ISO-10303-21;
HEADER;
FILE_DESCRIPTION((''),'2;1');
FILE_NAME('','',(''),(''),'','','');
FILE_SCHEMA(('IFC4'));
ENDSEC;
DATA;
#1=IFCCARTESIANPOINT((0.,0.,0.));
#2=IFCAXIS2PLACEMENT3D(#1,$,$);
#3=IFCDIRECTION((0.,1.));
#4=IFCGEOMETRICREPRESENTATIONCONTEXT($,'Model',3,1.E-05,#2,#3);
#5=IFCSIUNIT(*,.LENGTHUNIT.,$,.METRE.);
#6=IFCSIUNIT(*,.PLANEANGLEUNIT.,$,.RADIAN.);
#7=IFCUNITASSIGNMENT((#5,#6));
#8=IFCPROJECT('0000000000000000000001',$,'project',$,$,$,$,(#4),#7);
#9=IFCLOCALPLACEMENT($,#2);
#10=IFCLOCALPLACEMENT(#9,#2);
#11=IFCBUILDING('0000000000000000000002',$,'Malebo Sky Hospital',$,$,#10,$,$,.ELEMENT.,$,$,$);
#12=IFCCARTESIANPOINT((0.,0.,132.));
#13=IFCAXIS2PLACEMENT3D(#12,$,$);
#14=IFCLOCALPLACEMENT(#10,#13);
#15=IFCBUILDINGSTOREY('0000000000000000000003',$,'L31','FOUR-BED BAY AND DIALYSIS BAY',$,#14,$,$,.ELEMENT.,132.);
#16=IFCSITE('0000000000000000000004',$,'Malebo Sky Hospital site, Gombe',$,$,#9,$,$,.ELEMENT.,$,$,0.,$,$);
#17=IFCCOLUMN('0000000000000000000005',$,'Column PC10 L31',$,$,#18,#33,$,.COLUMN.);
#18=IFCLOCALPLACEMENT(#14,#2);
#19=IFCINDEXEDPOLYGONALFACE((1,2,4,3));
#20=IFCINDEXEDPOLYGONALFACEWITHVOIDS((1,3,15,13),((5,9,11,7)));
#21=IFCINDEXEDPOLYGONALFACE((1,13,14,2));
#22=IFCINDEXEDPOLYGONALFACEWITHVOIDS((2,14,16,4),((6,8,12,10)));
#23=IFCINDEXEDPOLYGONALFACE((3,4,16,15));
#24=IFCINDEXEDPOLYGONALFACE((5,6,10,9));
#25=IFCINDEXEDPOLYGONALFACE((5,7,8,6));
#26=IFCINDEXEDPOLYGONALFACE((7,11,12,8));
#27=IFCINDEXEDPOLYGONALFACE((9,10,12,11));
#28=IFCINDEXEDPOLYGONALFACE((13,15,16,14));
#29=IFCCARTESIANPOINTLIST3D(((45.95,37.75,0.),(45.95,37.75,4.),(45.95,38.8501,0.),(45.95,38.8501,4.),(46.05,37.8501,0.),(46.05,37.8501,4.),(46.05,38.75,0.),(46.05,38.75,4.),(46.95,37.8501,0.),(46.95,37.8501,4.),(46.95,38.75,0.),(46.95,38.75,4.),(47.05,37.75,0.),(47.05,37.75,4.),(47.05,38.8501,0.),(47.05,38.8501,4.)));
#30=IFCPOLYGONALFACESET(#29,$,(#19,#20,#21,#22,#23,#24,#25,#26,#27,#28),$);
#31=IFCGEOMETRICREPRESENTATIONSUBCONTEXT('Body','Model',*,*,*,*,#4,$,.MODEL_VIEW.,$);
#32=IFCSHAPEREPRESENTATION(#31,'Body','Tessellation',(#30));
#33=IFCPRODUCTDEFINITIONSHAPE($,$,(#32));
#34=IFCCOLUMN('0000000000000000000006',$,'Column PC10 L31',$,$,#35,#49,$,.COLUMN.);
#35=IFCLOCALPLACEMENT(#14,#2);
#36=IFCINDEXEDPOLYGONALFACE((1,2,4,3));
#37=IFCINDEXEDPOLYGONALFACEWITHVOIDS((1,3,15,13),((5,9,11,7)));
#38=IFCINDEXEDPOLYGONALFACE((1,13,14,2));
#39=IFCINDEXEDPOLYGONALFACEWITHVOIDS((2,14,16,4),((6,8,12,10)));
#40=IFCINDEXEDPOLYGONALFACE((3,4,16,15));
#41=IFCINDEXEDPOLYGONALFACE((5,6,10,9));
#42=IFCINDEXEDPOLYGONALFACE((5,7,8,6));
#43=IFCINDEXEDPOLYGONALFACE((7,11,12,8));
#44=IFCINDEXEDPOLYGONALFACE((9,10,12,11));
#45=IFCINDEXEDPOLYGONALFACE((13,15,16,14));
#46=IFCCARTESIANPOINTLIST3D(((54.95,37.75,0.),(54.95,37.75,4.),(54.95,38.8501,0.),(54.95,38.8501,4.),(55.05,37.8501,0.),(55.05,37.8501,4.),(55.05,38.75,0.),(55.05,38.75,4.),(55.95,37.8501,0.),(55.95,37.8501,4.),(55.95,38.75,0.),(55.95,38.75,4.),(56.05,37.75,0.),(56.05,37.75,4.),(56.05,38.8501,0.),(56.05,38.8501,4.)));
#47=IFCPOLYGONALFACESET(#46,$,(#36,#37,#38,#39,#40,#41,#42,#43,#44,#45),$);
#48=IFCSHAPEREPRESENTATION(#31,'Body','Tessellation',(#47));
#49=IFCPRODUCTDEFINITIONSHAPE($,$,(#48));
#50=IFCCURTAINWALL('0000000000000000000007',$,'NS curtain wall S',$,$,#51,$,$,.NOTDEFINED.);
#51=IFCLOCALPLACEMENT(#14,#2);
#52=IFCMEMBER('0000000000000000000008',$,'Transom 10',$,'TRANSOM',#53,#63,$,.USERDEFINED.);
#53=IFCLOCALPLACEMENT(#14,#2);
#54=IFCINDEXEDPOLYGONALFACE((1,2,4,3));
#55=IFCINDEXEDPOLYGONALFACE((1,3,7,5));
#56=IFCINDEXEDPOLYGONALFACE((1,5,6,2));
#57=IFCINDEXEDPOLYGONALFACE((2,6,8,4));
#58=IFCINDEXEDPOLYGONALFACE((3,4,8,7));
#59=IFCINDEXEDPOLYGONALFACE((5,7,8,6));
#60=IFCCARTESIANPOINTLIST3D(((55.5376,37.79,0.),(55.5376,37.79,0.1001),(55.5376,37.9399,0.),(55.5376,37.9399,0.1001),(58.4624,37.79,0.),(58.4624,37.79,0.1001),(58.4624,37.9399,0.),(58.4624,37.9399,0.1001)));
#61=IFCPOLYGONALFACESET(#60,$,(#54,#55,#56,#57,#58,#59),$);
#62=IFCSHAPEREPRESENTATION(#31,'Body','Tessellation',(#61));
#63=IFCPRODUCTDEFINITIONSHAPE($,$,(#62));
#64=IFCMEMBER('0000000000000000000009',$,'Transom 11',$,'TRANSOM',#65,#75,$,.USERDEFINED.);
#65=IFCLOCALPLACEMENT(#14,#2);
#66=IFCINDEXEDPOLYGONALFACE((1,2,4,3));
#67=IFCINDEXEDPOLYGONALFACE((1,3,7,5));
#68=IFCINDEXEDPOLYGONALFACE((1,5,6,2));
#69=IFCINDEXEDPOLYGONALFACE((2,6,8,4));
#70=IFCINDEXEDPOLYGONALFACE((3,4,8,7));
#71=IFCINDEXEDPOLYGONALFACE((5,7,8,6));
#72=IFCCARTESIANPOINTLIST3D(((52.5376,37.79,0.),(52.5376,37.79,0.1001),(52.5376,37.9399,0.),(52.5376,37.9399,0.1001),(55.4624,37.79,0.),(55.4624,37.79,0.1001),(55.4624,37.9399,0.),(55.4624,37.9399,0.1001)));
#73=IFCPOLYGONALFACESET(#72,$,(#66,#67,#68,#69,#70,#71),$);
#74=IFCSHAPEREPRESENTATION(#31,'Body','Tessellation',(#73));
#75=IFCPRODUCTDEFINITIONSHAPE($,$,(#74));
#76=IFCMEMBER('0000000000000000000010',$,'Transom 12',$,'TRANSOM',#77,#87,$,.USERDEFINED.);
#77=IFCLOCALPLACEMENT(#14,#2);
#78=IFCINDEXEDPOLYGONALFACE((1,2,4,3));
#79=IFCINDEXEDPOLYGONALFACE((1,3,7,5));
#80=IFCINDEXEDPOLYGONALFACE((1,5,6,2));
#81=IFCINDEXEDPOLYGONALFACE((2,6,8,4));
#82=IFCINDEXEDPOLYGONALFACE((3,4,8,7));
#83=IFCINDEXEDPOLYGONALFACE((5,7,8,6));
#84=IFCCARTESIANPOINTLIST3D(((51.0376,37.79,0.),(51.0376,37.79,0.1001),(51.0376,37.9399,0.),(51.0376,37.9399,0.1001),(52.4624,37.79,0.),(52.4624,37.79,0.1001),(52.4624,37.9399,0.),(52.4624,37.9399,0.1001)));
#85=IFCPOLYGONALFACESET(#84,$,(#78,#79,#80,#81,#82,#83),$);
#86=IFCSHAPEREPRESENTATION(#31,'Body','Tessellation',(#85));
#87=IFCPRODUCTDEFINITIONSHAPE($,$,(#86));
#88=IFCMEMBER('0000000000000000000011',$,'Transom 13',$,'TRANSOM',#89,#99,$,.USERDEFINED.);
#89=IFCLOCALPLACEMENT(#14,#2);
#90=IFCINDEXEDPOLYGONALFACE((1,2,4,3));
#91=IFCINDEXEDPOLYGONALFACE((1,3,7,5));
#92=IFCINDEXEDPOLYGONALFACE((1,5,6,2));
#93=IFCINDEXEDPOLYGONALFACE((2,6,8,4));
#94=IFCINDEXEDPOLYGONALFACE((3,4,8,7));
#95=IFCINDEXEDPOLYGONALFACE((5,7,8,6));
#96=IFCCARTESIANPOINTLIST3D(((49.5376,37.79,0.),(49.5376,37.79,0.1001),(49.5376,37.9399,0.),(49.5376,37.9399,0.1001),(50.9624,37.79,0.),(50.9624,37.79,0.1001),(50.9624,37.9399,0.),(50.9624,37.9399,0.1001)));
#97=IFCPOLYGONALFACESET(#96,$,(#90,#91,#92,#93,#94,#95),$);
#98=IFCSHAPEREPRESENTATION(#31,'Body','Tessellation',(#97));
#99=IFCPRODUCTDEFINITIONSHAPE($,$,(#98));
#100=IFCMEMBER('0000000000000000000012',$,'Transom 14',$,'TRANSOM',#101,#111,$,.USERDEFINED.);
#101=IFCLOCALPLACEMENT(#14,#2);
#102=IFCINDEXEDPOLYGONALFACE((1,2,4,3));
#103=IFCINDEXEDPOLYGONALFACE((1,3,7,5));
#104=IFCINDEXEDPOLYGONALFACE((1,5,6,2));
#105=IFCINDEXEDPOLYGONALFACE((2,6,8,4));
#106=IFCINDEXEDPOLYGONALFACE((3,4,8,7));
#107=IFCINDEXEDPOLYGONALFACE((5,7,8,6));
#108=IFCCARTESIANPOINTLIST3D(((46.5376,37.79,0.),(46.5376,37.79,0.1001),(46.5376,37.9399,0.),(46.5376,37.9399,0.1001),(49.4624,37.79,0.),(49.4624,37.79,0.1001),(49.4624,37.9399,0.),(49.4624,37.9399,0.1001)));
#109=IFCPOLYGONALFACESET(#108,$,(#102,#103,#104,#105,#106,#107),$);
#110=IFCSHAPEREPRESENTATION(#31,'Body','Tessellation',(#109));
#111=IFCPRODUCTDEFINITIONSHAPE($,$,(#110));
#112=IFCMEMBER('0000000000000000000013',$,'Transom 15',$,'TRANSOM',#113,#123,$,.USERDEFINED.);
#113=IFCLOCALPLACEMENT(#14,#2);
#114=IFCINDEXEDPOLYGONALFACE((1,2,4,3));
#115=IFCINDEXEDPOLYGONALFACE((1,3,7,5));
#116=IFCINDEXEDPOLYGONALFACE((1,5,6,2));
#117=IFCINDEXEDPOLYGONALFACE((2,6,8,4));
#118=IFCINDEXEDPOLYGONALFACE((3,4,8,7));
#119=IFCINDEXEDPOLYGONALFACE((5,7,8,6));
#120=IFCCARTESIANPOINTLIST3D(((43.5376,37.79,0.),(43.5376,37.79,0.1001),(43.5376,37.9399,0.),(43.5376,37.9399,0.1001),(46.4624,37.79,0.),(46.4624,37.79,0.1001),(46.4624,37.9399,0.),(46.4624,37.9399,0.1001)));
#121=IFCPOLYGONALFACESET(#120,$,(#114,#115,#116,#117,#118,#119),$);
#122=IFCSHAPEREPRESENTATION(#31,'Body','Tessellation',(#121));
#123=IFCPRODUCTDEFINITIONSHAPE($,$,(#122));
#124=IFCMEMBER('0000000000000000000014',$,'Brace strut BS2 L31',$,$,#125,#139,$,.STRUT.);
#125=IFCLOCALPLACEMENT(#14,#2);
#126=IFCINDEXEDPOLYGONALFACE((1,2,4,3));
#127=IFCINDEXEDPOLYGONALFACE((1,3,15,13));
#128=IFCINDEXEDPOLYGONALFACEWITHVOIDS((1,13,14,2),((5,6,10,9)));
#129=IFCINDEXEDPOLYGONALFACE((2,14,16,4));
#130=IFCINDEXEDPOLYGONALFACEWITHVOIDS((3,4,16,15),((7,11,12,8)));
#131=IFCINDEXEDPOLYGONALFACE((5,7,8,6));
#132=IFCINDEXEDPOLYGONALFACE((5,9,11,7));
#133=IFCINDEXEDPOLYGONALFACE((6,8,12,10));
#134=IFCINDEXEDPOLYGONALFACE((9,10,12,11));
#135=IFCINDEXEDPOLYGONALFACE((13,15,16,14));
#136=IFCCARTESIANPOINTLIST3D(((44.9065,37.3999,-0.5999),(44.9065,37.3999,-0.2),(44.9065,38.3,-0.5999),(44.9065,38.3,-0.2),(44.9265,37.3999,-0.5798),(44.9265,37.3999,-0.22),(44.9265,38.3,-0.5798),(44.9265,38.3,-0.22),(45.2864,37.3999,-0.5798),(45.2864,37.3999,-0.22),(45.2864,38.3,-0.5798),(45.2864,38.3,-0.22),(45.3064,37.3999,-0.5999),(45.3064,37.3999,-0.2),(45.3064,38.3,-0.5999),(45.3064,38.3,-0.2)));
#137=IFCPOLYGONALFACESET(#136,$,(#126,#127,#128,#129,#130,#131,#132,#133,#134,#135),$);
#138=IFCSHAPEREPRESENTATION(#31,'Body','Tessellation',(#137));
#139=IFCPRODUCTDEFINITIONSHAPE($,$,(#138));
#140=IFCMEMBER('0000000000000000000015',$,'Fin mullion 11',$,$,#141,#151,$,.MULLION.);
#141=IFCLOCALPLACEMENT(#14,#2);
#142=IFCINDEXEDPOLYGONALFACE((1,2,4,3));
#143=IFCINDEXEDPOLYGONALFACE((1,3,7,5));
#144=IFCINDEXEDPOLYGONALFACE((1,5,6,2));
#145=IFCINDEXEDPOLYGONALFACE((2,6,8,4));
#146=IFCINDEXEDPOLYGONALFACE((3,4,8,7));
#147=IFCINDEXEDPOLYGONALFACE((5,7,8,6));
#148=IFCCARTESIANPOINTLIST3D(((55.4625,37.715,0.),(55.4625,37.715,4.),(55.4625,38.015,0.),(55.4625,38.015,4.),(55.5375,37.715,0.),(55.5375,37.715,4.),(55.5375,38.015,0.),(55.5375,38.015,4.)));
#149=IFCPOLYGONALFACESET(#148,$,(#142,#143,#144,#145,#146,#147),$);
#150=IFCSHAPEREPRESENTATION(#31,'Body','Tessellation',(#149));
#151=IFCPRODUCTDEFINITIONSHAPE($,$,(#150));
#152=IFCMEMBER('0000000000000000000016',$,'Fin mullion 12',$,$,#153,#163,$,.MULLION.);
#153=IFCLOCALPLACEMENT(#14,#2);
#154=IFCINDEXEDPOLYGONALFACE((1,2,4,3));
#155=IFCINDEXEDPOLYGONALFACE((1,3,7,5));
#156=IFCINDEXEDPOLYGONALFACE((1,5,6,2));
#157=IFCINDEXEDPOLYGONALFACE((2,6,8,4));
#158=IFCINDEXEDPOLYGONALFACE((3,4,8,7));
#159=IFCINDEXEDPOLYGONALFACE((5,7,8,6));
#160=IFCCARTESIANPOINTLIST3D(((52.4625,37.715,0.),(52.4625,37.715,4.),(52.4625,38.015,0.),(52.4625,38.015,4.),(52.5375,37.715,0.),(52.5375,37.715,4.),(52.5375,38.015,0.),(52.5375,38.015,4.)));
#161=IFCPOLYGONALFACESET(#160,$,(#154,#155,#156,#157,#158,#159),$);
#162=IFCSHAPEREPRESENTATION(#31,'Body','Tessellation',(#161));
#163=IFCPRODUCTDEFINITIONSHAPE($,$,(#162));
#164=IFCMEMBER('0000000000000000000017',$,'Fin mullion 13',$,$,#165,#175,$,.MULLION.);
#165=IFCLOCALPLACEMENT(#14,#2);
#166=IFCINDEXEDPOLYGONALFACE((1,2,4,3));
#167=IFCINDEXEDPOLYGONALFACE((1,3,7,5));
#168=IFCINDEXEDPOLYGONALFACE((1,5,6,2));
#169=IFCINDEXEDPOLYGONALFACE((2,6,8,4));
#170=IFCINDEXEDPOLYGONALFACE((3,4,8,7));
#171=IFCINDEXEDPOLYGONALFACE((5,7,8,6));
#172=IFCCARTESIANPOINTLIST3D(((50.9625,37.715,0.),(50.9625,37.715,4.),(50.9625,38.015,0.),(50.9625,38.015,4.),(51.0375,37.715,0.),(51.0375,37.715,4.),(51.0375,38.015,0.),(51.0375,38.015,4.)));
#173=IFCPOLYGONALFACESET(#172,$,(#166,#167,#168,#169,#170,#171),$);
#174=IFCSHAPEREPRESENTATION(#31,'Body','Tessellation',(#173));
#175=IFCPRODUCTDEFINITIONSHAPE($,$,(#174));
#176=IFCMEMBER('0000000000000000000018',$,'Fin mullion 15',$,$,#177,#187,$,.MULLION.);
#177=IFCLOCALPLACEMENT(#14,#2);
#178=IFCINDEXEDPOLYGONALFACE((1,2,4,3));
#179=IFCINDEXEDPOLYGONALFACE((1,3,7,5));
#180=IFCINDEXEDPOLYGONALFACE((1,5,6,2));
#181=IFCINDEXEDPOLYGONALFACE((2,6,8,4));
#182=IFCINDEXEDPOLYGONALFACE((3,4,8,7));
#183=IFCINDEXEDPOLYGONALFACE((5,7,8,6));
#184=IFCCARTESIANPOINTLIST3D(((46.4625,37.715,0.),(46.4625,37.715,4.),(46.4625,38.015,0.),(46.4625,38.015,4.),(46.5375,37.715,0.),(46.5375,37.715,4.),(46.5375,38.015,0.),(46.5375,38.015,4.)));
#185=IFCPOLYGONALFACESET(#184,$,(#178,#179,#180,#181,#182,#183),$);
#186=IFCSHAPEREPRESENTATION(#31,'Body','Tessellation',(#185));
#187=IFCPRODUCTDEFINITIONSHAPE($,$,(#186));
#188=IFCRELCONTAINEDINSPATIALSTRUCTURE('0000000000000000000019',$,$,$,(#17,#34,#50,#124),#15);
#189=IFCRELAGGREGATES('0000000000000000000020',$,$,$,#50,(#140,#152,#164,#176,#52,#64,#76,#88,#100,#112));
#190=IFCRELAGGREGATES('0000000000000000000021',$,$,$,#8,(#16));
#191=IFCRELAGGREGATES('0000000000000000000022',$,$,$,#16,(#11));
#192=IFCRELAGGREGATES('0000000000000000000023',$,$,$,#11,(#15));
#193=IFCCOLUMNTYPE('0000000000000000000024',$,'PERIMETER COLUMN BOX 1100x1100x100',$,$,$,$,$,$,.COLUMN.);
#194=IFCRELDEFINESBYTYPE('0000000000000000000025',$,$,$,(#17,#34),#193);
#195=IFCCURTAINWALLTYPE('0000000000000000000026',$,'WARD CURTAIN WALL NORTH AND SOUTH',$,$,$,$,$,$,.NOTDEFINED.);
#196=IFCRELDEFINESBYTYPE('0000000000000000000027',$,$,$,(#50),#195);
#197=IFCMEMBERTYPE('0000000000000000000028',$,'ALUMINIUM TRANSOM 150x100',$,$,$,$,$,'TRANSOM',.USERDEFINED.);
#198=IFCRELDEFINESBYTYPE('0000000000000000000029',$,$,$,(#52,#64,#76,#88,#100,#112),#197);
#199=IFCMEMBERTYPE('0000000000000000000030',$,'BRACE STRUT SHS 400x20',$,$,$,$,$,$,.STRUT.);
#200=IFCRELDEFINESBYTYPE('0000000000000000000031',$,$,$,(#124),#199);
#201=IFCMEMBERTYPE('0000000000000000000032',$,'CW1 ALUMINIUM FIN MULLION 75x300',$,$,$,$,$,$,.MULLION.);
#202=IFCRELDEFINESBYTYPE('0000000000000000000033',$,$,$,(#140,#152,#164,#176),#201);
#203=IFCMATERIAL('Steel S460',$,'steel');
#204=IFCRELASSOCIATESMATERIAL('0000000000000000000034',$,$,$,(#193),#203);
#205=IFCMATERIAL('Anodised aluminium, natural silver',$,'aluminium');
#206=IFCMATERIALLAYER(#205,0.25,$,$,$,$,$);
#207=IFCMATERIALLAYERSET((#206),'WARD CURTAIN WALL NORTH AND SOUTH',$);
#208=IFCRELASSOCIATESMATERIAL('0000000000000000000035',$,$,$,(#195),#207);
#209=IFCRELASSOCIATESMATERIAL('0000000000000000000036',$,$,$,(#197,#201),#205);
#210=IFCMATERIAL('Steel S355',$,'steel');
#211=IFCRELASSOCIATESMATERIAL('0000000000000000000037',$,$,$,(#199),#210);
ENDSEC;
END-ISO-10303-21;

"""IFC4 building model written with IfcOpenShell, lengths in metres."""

from ifc_helpers import new_model, si_unit, direction, frame, origin, origin_2d, place, context, subcontext, project, spatial, rectangle, hollow_rectangle, extrude, material, layer, layer_set, material_profile, profile_set, type_object, element, aggregate, save


model = new_model("IFC4")

# Units and contexts
model_context = context("Model", 3, precision=1e-05, world=origin(), true_north=direction((0.0, 1.0)))
body_context = subcontext(model_context, "Body", "Model", "MODEL_VIEW")
ifc_project = project(units=[si_unit("LENGTHUNIT", "METRE"), si_unit("PLANEANGLEUNIT", "RADIAN")], contexts=[model_context])

# Site, building, storey
site_placement = place(None, origin())
site = spatial("IfcSite", under=ifc_project, at=site_placement, Name="Malebo Sky Hospital site, Gombe", CompositionType="ELEMENT", RefElevation=0.0)
building_placement = place(site_placement, origin())
building = spatial("IfcBuilding", under=site, at=building_placement, Name="Malebo Sky Hospital", CompositionType="ELEMENT")
storey_placement = place(building_placement, frame((0.0, 0.0, 132.0)))
storey = spatial("IfcBuildingStorey", under=building, at=storey_placement, Name="L31", Description="FOUR-BED BAY AND DIALYSIS BAY", CompositionType="ELEMENT", Elevation=132.0)

# Columns
ifc_material_1 = material(Name="Steel S460", Category="steel")
ifc_material_profile_1 = material_profile(ifc_material_1, hollow_rectangle(XDim=1.1001, YDim=1.1001, WallThickness=0.1001, at=origin_2d()), Name="BOX 1100x1100x100")
ifc_profile_set_1 = profile_set([ifc_material_profile_1], Name="Steel S460")
column_type = type_object("IfcColumnType", Name="PERIMETER COLUMN BOX 1100x1100x100", PredefinedType="COLUMN", material=ifc_profile_set_1)
for number, where, z_axis, x_axis, name in (
    (1, (46.5, 38.3, 0.0), (0.0, 0.0, 1.0), (1.0, 0.0, 0.0), "Column PC10 L31"),
    (2, (55.5, 38.3, 0.0), (0.0, 0.0, 1.0), (1.0, 0.0, 0.0), "Column PC10 L31"),
):
    element("IfcColumn", number, at=place(storey_placement, frame(where, z_axis=z_axis, x_axis=x_axis)), inside=storey, type_object=column_type, Name=name, PredefinedType="COLUMN", context=body_context, shape_type="SweptSolid", body=[
        extrude(hollow_rectangle(XDim=1.1001, YDim=1.1001, WallThickness=0.1001, at=origin_2d()), origin(), (0.0, 0.0, 1.0), 4.0),
    ])

# Curtain wall, members
ifc_material_2 = material(Name="Anodised aluminium, natural silver", Category="aluminium")
ifc_layer_1 = layer(ifc_material_2, 0.25)
ifc_layer_set_1 = layer_set([ifc_layer_1], Name="WARD CURTAIN WALL NORTH AND SOUTH")
curtain_wall_type = type_object("IfcCurtainWallType", Name="WARD CURTAIN WALL NORTH AND SOUTH", PredefinedType="NOTDEFINED", material=ifc_layer_set_1)
curtain_wall_placement = place(storey_placement, origin())
curtain_wall = element("IfcCurtainWall", 3, at=curtain_wall_placement, inside=storey, type_object=curtain_wall_type, Name="NS curtain wall S", PredefinedType="NOTDEFINED")
ifc_material_profile_2 = material_profile(ifc_material_2, rectangle(XDim=0.1499, YDim=0.1001, at=origin_2d()), Name="ALUMINIUM TRANSOM 150x100")
ifc_profile_set_2 = profile_set([ifc_material_profile_2], Name="Anodised aluminium, natural silver")
member_type_1 = type_object("IfcMemberType", Name="ALUMINIUM TRANSOM 150x100", ElementType="TRANSOM", PredefinedType="USERDEFINED", material=ifc_profile_set_2)
member_1_placement = place(storey_placement, frame((58.4624, 37.865, 0.05), z_axis=(-1.0, 0.0, 0.0), x_axis=(0.0, -1.0, 0.0)))
member_1 = element("IfcMember", 4, at=member_1_placement, type_object=member_type_1, Name="Transom 10", ObjectType="TRANSOM", PredefinedType="USERDEFINED", context=body_context, shape_type="SweptSolid", body=[
    extrude(rectangle(XDim=0.1499, YDim=0.1001, at=origin_2d()), origin(), (0.0, 0.0, 1.0), 2.9248),
])
member_2_placement = place(storey_placement, frame((55.4624, 37.865, 0.05), z_axis=(-1.0, 0.0, 0.0), x_axis=(0.0, -1.0, 0.0)))
member_2 = element("IfcMember", 5, at=member_2_placement, type_object=member_type_1, Name="Transom 11", ObjectType="TRANSOM", PredefinedType="USERDEFINED", context=body_context, shape_type="SweptSolid", body=[
    extrude(rectangle(XDim=0.1499, YDim=0.1001, at=origin_2d()), origin(), (0.0, 0.0, 1.0), 2.9248),
])
member_3_placement = place(storey_placement, frame((52.4624, 37.865, 0.05), z_axis=(-1.0, 0.0, 0.0), x_axis=(0.0, -1.0, 0.0)))
member_3 = element("IfcMember", 6, at=member_3_placement, type_object=member_type_1, Name="Transom 12", ObjectType="TRANSOM", PredefinedType="USERDEFINED", context=body_context, shape_type="SweptSolid", body=[
    extrude(rectangle(XDim=0.1499, YDim=0.1001, at=origin_2d()), origin(), (0.0, 0.0, 1.0), 1.4248),
])
member_4_placement = place(storey_placement, frame((50.9624, 37.865, 0.05), z_axis=(-1.0, 0.0, 0.0), x_axis=(0.0, -1.0, 0.0)))
member_4 = element("IfcMember", 7, at=member_4_placement, type_object=member_type_1, Name="Transom 13", ObjectType="TRANSOM", PredefinedType="USERDEFINED", context=body_context, shape_type="SweptSolid", body=[
    extrude(rectangle(XDim=0.1499, YDim=0.1001, at=origin_2d()), origin(), (0.0, 0.0, 1.0), 1.4248),
])
member_5_placement = place(storey_placement, frame((49.4624, 37.865, 0.05), z_axis=(-1.0, 0.0, 0.0), x_axis=(0.0, -1.0, 0.0)))
member_5 = element("IfcMember", 8, at=member_5_placement, type_object=member_type_1, Name="Transom 14", ObjectType="TRANSOM", PredefinedType="USERDEFINED", context=body_context, shape_type="SweptSolid", body=[
    extrude(rectangle(XDim=0.1499, YDim=0.1001, at=origin_2d()), origin(), (0.0, 0.0, 1.0), 2.9248),
])
member_6_placement = place(storey_placement, frame((46.4624, 37.865, 0.05), z_axis=(-1.0, 0.0, 0.0), x_axis=(0.0, -1.0, 0.0)))
member_6 = element("IfcMember", 9, at=member_6_placement, type_object=member_type_1, Name="Transom 15", ObjectType="TRANSOM", PredefinedType="USERDEFINED", context=body_context, shape_type="SweptSolid", body=[
    extrude(rectangle(XDim=0.1499, YDim=0.1001, at=origin_2d()), origin(), (0.0, 0.0, 1.0), 2.9248),
])

# Members
ifc_material_3 = material(Name="Steel S355", Category="steel")
ifc_material_profile_3 = material_profile(ifc_material_3, hollow_rectangle(XDim=0.3999, YDim=0.3999, WallThickness=0.02, at=origin_2d()), Name="SHS 400x20")
ifc_profile_set_3 = profile_set([ifc_material_profile_3], Name="Steel S355")
member_type_2 = type_object("IfcMemberType", Name="BRACE STRUT SHS 400x20", PredefinedType="STRUT", material=ifc_profile_set_3)
member_7_placement = place(storey_placement, frame((45.1064, 37.3999, -0.3999), z_axis=(0.0, 1.0, 0.0), x_axis=(-1.0, 0.0, 0.0)))
element("IfcMember", 10, at=member_7_placement, inside=storey, type_object=member_type_2, Name="Brace strut BS2 L31", PredefinedType="STRUT", context=body_context, shape_type="SweptSolid", body=[
    extrude(hollow_rectangle(XDim=0.3999, YDim=0.3999, WallThickness=0.02, at=origin_2d()), origin(), (0.0, 0.0, 1.0), 0.9001),
])
ifc_material_profile_4 = material_profile(ifc_material_2, rectangle(XDim=0.075, YDim=0.3, at=origin_2d()), Name="CW1 ALUMINIUM FIN MULLION 75x300")
ifc_profile_set_4 = profile_set([ifc_material_profile_4], Name="Anodised aluminium, natural silver")
member_type_3 = type_object("IfcMemberType", Name="CW1 ALUMINIUM FIN MULLION 75x300", PredefinedType="MULLION", material=ifc_profile_set_4)
member_8_placement = place(storey_placement, frame((55.5, 37.865, 0.0), z_axis=(0.0, 0.0, 1.0), x_axis=(-1.0, 0.0, 0.0)))
member_8 = element("IfcMember", 11, at=member_8_placement, type_object=member_type_3, Name="Fin mullion 11", PredefinedType="MULLION", context=body_context, shape_type="SweptSolid", body=[
    extrude(rectangle(XDim=0.075, YDim=0.3, at=origin_2d()), origin(), (0.0, 0.0, 1.0), 4.0),
])
member_9_placement = place(storey_placement, frame((52.5, 37.865, 0.0), z_axis=(0.0, 0.0, 1.0), x_axis=(-1.0, 0.0, 0.0)))
member_9 = element("IfcMember", 12, at=member_9_placement, type_object=member_type_3, Name="Fin mullion 12", PredefinedType="MULLION", context=body_context, shape_type="SweptSolid", body=[
    extrude(rectangle(XDim=0.075, YDim=0.3, at=origin_2d()), origin(), (0.0, 0.0, 1.0), 4.0),
])
member_10_placement = place(storey_placement, frame((51.0, 37.865, 0.0), z_axis=(0.0, 0.0, 1.0), x_axis=(-1.0, 0.0, 0.0)))
member_10 = element("IfcMember", 13, at=member_10_placement, type_object=member_type_3, Name="Fin mullion 13", PredefinedType="MULLION", context=body_context, shape_type="SweptSolid", body=[
    extrude(rectangle(XDim=0.075, YDim=0.3, at=origin_2d()), origin(), (0.0, 0.0, 1.0), 4.0),
])
member_11_placement = place(storey_placement, frame((46.5, 37.865, 0.0), z_axis=(0.0, 0.0, 1.0), x_axis=(-1.0, 0.0, 0.0)))
member_11 = element("IfcMember", 14, at=member_11_placement, type_object=member_type_3, Name="Fin mullion 15", PredefinedType="MULLION", context=body_context, shape_type="SweptSolid", body=[
    extrude(rectangle(XDim=0.075, YDim=0.3, at=origin_2d()), origin(), (0.0, 0.0, 1.0), 4.0),
])

aggregate(curtain_wall, [member_8, member_9, member_10, member_11, member_1, member_2, member_3, member_4, member_5, member_6])

save(model, "model.ifc")
